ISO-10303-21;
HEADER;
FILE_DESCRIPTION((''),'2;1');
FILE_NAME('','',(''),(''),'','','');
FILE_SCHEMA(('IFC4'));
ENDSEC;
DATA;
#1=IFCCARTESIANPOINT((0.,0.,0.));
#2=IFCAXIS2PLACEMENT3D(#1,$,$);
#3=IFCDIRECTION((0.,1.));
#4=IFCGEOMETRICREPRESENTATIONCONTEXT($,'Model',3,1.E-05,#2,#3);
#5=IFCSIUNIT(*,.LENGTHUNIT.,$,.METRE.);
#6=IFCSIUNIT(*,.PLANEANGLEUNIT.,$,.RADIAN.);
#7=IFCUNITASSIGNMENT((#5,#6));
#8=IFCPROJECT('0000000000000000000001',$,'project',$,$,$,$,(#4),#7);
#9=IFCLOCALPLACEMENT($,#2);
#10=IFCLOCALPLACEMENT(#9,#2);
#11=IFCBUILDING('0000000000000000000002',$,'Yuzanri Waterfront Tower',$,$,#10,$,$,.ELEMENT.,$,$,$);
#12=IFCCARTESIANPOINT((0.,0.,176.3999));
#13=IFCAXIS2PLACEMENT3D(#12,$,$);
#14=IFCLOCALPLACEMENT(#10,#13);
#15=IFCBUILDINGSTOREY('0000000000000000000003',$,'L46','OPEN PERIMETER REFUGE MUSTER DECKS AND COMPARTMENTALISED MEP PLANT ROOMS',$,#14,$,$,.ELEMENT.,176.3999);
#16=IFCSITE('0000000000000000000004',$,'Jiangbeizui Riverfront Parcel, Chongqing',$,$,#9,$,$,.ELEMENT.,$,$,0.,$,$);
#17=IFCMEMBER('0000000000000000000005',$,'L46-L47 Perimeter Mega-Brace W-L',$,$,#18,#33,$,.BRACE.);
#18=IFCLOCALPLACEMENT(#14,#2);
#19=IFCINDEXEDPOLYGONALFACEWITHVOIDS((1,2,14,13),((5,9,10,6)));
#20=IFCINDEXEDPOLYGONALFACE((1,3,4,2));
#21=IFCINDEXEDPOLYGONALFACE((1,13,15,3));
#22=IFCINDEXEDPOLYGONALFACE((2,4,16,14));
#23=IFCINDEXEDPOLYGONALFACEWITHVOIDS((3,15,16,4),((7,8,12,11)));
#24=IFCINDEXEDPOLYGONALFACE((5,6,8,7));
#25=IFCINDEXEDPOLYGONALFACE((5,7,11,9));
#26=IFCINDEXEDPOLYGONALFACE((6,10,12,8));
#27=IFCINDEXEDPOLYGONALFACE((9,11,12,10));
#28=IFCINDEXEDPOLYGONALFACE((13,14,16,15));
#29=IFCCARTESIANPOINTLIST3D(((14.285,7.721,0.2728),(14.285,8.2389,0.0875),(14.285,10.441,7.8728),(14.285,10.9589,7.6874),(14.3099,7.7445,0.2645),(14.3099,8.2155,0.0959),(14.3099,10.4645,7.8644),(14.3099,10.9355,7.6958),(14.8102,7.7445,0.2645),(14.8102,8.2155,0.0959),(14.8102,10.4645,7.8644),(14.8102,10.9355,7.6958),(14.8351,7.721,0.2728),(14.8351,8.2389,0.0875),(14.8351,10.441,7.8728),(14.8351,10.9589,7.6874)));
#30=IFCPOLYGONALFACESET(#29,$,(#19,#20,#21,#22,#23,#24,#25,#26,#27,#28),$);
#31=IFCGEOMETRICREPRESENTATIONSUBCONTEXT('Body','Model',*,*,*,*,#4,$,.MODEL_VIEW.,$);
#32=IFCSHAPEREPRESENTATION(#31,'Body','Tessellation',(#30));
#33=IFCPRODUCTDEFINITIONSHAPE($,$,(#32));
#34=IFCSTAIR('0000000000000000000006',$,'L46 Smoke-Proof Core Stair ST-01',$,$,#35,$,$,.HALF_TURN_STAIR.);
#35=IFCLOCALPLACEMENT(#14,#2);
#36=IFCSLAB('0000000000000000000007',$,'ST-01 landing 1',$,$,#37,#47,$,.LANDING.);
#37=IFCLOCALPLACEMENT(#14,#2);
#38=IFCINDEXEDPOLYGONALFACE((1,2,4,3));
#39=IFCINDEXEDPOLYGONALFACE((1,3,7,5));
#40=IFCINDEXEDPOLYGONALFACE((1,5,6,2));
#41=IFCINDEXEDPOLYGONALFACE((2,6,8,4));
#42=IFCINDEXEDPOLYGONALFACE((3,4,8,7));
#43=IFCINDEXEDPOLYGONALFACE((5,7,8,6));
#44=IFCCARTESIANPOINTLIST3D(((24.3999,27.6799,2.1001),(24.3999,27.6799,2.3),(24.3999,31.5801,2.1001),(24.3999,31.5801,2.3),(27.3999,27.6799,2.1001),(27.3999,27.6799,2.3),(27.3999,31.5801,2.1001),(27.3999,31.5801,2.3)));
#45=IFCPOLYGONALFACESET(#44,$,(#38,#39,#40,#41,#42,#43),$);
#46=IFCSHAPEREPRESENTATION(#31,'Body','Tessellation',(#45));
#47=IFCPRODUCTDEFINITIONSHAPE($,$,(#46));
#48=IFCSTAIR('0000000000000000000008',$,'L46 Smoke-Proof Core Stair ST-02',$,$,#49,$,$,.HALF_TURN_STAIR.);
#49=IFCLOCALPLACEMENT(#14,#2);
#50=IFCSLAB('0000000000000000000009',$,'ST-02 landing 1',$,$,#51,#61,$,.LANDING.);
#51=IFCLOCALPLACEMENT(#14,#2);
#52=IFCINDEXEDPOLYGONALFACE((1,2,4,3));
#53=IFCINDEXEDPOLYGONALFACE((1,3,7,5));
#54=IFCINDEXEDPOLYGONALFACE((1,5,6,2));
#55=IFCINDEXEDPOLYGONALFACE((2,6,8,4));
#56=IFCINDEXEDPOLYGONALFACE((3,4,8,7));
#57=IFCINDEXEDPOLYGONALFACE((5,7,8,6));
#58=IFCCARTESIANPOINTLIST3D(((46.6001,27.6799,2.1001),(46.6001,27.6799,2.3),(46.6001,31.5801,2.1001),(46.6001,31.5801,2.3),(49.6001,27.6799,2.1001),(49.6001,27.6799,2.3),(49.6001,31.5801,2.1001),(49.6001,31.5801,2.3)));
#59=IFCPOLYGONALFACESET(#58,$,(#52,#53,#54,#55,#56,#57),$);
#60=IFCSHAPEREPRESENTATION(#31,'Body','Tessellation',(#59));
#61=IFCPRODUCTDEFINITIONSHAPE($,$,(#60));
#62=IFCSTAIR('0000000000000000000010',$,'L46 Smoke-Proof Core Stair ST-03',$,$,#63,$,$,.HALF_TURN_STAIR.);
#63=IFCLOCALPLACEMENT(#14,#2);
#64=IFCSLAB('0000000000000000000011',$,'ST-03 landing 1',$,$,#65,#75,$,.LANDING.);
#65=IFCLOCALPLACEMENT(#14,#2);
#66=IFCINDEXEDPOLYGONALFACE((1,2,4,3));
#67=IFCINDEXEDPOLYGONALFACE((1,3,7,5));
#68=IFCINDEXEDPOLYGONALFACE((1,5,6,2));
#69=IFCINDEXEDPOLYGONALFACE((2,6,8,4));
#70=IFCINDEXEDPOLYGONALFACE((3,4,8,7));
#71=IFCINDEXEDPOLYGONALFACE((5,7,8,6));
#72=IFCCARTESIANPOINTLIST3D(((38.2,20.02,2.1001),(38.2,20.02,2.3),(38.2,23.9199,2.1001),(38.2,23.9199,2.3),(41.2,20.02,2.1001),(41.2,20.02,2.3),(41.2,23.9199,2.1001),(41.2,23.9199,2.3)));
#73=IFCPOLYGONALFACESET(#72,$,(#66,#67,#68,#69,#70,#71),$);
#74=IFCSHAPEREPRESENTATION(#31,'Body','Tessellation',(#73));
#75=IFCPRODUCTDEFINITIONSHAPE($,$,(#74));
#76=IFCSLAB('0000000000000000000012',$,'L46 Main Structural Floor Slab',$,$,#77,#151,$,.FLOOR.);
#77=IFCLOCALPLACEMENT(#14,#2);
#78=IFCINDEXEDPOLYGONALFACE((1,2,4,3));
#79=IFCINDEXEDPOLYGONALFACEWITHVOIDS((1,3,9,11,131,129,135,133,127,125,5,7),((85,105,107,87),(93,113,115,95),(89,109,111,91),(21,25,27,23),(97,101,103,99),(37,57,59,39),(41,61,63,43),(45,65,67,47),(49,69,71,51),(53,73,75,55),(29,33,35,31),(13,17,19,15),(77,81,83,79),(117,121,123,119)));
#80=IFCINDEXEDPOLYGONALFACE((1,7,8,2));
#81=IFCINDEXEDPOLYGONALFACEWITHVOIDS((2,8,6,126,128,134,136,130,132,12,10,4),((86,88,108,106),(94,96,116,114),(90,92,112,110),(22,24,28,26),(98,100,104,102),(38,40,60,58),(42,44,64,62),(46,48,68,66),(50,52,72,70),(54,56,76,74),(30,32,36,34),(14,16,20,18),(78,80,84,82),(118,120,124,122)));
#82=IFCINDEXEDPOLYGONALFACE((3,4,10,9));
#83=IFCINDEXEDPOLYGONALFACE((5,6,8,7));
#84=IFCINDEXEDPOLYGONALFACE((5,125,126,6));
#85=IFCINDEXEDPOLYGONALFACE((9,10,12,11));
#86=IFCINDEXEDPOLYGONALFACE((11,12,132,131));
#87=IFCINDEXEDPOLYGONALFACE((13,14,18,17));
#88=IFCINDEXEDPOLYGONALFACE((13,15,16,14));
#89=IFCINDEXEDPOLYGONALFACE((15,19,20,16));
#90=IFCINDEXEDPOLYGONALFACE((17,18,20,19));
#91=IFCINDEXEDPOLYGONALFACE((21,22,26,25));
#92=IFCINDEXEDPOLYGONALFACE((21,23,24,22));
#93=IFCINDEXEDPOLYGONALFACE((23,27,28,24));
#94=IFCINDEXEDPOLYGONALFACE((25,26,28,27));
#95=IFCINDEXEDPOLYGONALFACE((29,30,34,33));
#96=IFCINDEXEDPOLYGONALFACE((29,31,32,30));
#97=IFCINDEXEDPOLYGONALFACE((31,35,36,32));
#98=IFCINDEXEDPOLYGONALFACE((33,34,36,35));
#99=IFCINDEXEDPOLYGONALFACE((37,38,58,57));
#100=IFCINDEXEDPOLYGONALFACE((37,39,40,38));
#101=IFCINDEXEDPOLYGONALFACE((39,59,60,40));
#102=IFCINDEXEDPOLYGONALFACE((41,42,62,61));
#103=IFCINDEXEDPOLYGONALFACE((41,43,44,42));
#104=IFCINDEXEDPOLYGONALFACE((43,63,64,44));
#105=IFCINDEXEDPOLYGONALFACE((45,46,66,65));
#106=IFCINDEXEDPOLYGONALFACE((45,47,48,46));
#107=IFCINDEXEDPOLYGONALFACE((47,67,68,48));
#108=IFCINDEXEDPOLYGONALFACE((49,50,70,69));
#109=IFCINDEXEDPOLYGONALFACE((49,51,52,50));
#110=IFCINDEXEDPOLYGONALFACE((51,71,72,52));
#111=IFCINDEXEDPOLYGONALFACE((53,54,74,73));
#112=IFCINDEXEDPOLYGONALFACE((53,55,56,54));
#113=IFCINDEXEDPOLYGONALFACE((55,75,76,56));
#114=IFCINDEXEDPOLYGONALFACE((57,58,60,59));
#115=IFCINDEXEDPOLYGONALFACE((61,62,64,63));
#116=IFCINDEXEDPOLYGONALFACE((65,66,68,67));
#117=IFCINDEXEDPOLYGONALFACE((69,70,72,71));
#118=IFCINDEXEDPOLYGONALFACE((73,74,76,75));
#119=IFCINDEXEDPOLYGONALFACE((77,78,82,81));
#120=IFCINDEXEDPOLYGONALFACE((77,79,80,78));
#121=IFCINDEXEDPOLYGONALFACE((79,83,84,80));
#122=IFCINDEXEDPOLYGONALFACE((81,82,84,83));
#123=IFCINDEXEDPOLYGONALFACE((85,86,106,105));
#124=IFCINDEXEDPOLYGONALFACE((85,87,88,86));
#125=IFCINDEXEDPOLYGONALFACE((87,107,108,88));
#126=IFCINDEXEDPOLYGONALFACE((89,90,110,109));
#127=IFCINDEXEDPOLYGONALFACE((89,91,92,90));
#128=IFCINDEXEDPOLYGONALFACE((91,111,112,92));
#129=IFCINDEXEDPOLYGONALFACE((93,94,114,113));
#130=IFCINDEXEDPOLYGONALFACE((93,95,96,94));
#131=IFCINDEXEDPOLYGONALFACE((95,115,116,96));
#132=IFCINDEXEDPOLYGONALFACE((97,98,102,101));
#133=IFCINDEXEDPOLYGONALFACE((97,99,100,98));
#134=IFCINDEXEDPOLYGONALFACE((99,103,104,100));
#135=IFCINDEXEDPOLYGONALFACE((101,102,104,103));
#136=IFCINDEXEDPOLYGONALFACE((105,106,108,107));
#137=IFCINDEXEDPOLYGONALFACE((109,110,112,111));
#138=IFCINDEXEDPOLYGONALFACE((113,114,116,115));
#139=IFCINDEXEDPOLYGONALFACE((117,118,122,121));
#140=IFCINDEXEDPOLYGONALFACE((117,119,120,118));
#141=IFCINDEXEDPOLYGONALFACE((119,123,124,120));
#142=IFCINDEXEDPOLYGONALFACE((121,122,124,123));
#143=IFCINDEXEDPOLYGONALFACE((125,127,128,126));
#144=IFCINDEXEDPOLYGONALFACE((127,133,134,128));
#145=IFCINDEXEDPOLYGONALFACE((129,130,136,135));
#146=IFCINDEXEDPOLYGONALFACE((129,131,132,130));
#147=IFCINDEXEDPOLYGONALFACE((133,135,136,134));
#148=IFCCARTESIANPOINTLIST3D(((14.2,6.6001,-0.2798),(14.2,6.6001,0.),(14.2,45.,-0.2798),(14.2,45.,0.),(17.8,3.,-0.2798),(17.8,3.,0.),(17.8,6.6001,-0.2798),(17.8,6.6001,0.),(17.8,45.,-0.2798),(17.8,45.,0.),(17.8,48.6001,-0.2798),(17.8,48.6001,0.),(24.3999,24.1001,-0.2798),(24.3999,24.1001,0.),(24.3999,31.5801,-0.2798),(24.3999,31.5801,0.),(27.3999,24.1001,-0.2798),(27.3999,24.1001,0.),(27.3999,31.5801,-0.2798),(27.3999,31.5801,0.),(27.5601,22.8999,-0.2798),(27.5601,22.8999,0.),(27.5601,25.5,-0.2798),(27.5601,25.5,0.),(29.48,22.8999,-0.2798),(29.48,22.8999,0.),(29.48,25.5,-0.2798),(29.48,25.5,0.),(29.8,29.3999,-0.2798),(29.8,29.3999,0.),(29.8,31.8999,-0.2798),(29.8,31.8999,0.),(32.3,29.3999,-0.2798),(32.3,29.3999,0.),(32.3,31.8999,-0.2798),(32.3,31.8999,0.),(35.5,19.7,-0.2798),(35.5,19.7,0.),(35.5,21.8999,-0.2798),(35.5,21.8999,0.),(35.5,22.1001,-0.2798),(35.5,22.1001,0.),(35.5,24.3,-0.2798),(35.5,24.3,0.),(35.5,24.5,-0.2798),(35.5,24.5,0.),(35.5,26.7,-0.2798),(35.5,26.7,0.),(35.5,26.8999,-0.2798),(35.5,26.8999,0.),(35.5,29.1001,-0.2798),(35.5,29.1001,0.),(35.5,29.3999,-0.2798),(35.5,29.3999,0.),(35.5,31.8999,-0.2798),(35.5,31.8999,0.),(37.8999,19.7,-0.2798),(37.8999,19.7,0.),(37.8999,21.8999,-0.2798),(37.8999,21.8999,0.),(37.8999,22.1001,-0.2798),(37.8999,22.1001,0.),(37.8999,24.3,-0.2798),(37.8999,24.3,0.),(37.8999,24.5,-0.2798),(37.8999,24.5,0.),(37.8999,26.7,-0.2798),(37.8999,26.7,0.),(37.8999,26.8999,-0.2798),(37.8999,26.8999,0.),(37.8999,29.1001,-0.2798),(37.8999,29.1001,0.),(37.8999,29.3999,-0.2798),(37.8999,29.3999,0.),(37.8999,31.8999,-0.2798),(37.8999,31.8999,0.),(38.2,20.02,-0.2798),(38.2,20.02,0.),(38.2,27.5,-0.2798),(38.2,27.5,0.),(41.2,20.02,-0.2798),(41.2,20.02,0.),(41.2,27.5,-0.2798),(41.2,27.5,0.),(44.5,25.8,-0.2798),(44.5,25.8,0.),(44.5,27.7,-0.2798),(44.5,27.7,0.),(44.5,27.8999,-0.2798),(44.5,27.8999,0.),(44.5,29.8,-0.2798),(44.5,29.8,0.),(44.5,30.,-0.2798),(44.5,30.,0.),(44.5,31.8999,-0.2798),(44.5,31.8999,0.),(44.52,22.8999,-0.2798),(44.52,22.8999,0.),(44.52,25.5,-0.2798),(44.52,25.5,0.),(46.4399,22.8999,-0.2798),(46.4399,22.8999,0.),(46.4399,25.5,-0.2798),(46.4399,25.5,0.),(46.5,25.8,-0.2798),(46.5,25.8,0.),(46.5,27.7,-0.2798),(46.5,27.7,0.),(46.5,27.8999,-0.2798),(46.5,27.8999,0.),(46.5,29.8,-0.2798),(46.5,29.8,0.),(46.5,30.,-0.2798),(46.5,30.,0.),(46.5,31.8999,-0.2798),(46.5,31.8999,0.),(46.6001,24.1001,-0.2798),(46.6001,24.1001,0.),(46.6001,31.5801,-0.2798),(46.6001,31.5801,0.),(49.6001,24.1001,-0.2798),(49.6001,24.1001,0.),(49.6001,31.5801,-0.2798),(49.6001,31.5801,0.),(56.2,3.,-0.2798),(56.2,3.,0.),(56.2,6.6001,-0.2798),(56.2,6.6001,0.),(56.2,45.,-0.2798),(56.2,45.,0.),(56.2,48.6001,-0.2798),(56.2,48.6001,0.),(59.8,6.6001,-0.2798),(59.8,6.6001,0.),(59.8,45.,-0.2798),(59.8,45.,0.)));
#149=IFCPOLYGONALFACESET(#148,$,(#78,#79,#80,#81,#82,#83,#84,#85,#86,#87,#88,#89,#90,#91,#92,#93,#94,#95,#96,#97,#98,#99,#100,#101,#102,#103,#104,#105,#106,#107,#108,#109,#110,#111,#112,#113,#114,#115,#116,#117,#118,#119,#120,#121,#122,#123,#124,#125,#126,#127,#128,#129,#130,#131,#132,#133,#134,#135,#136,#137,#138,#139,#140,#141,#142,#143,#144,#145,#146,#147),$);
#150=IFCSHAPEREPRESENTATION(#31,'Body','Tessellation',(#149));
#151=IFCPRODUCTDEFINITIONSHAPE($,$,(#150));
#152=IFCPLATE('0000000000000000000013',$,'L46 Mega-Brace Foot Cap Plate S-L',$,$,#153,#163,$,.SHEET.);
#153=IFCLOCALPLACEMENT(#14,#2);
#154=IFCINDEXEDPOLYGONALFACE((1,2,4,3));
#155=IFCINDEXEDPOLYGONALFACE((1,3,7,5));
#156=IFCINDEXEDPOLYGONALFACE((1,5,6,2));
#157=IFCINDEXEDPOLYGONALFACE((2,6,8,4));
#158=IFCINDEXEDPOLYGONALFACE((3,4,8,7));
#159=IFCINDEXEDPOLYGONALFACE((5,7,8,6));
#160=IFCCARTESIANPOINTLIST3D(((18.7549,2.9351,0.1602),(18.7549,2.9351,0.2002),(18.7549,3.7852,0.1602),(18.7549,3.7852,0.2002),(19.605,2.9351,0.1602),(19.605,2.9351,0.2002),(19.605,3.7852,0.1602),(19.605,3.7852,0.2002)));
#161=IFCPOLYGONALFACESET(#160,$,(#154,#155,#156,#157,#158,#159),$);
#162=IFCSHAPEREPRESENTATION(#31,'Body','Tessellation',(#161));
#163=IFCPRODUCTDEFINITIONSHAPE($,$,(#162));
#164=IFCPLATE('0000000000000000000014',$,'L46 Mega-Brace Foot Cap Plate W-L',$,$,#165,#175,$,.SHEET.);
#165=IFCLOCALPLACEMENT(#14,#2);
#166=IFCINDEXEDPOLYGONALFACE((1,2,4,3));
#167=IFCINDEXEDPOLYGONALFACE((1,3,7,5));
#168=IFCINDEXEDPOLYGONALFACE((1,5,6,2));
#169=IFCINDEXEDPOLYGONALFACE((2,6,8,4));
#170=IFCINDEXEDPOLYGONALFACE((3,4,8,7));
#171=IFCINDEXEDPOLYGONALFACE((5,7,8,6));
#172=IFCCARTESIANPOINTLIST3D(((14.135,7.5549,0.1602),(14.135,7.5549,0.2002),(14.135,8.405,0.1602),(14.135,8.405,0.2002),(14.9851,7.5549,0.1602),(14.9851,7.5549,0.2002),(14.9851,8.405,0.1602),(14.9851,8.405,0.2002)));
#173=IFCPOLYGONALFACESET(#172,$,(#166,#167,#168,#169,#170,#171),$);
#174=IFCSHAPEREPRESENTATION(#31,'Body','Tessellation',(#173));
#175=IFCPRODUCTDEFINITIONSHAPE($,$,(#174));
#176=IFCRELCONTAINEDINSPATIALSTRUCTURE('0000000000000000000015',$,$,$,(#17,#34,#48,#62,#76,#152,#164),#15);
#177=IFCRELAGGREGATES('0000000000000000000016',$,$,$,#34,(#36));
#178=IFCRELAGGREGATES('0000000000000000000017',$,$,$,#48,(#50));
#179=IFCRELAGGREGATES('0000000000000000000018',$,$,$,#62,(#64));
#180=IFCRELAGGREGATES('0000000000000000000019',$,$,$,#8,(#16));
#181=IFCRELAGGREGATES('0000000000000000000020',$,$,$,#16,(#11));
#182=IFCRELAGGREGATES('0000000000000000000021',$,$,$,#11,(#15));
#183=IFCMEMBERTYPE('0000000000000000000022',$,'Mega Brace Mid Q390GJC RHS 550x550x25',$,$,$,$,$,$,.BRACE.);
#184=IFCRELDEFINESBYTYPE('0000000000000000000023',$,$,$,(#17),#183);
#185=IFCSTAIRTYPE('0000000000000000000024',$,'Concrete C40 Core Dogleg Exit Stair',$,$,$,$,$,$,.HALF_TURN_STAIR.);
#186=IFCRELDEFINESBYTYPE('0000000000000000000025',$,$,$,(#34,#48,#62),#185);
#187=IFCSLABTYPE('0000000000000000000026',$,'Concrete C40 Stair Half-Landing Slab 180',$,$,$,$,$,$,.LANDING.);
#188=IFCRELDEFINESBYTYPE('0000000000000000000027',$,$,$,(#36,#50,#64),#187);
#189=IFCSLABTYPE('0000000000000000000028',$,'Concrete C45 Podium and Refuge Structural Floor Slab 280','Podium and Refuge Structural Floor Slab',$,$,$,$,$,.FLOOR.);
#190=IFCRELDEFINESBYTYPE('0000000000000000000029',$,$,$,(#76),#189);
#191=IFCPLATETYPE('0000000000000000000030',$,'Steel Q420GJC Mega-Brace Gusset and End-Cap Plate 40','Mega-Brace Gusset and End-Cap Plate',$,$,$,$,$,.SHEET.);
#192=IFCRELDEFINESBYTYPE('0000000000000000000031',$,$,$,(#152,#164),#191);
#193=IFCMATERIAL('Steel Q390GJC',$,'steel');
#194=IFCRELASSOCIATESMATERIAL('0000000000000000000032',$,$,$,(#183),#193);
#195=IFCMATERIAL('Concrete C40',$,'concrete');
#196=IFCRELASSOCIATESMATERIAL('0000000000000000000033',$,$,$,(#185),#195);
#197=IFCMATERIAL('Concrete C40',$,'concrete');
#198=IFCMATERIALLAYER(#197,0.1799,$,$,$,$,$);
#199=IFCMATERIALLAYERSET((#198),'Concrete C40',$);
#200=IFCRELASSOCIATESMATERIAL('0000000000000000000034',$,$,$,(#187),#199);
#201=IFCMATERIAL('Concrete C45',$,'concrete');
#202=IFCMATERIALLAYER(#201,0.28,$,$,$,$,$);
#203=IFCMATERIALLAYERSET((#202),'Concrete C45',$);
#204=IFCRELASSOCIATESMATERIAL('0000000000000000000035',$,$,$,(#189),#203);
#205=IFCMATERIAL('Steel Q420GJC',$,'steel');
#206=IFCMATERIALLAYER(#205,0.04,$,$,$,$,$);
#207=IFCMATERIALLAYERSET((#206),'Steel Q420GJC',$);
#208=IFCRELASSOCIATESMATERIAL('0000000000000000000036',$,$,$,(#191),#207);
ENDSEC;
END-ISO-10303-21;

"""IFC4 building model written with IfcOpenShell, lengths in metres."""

from ifc_helpers import new_model, si_unit, direction, frame, origin, origin_2d, place, context, subcontext, project, spatial, polyline, rectangle, hollow_rectangle, outline, extrude, source, transform, mapped, material, layer, layer_set, material_profile, profile_set, type_object, element, aggregate, save


model = new_model("IFC4")

# Units and contexts
model_context = context("Model", 3, precision=1e-05, world=origin(), true_north=direction((0.0, 1.0)))
body_context = subcontext(model_context, "Body", "Model", "MODEL_VIEW")
ifc_project = project(units=[si_unit("LENGTHUNIT", "METRE"), si_unit("PLANEANGLEUNIT", "RADIAN")], contexts=[model_context])

# Site, building, storey
site_placement = place(None, origin())
site = spatial("IfcSite", under=ifc_project, at=site_placement, Name="Jiangbeizui Riverfront Parcel, Chongqing", CompositionType="ELEMENT", RefElevation=0.0)
building_placement = place(site_placement, origin())
building = spatial("IfcBuilding", under=site, at=building_placement, Name="Yuzanri Waterfront Tower", CompositionType="ELEMENT")
storey_placement = place(building_placement, frame((0.0, 0.0, 176.3999)))
storey = spatial("IfcBuildingStorey", under=building, at=storey_placement, Name="L46", Description="OPEN PERIMETER REFUGE MUSTER DECKS AND COMPARTMENTALISED MEP PLANT ROOMS", CompositionType="ELEMENT", Elevation=176.3999)

# Member
ifc_material_1 = material(Name="Steel Q390GJC", Category="steel")
ifc_material_profile_1 = material_profile(ifc_material_1, hollow_rectangle(XDim=0.55, YDim=0.55, WallThickness=0.0249, at=origin_2d()), Name="RHS 550x550x25")
ifc_profile_set_1 = profile_set([ifc_material_profile_1], Name="Steel Q390GJC")
member_type = type_object("IfcMemberType", Name="Mega Brace Mid Q390GJC RHS 550x550x25", PredefinedType="BRACE", material=ifc_profile_set_1)
shared_shape_1 = source(origin(), body_context, "Body", "SweptSolid", [
    extrude(hollow_rectangle(XDim=0.55, YDim=0.55, WallThickness=0.0249, at=origin_2d()), origin(), (0.0, 0.0, 1.0), 8.072),
])
for number, where, z_axis, x_axis, name in (
    (1, (14.5601, 7.98, 0.1802), (0.0, 0.336967, 0.941517), (-1.0, 0.0, 0.0), "L46-L47 Perimeter Mega-Brace W-L"),
):
    element("IfcMember", number, at=place(storey_placement, frame(where, z_axis=z_axis, x_axis=x_axis)), inside=storey, type_object=member_type, Name=name, PredefinedType="BRACE", context=body_context, shape_type="MappedRepresentation", body=[
        mapped(shared_shape_1, transform((0.0, 0.0, 0.0), scale=1.0)),
    ])

# Stairs, slabs
ifc_material_2 = material(Name="Concrete C40", Category="concrete")
stair_type = type_object("IfcStairType", Name="Concrete C40 Core Dogleg Exit Stair", PredefinedType="HALF_TURN_STAIR", material=ifc_material_2)
stair_1_placement = place(storey_placement, origin())
stair_1 = element("IfcStair", 2, at=stair_1_placement, inside=storey, type_object=stair_type, Name="L46 Smoke-Proof Core Stair ST-01", PredefinedType="HALF_TURN_STAIR")
ifc_material_3 = material(Name="Concrete C40", Category="concrete")
ifc_layer_1 = layer(ifc_material_3, 0.1799)
ifc_layer_set_1 = layer_set([ifc_layer_1], Name="Concrete C40")
slab_type_1 = type_object("IfcSlabType", Name="Concrete C40 Stair Half-Landing Slab 180", PredefinedType="LANDING", material=ifc_layer_set_1)
slab_1_placement = place(storey_placement, frame((0.0, 0.0, 2.1001)))
slab_1 = element("IfcSlab", 3, at=slab_1_placement, type_object=slab_type_1, Name="ST-01 landing 1", PredefinedType="LANDING", context=body_context, shape_type="SweptSolid", body=[
    extrude(outline(polyline([(27.3999, 27.6799), (27.3999, 31.5801), (24.3999, 31.5801), (24.3999, 27.6799), (27.3999, 27.6799)])), origin(), (0.0, 0.0, 1.0), 0.2),
])
aggregate(stair_1, [slab_1])
stair_2_placement = place(storey_placement, origin())
stair_2 = element("IfcStair", 4, at=stair_2_placement, inside=storey, type_object=stair_type, Name="L46 Smoke-Proof Core Stair ST-02", PredefinedType="HALF_TURN_STAIR")
slab_2_placement = place(storey_placement, frame((0.0, 0.0, 2.1001)))
slab_2 = element("IfcSlab", 5, at=slab_2_placement, type_object=slab_type_1, Name="ST-02 landing 1", PredefinedType="LANDING", context=body_context, shape_type="SweptSolid", body=[
    extrude(outline(polyline([(49.6001, 27.6799), (49.6001, 31.5801), (46.6001, 31.5801), (46.6001, 27.6799), (49.6001, 27.6799)])), origin(), (0.0, 0.0, 1.0), 0.2),
])
aggregate(stair_2, [slab_2])
stair_3_placement = place(storey_placement, origin())
stair_3 = element("IfcStair", 6, at=stair_3_placement, inside=storey, type_object=stair_type, Name="L46 Smoke-Proof Core Stair ST-03", PredefinedType="HALF_TURN_STAIR")
slab_3_placement = place(storey_placement, frame((0.0, 0.0, 2.1001)))
slab_3 = element("IfcSlab", 7, at=slab_3_placement, type_object=slab_type_1, Name="ST-03 landing 1", PredefinedType="LANDING", context=body_context, shape_type="SweptSolid", body=[
    extrude(outline(polyline([(38.2, 23.9199), (38.2, 20.02), (41.2, 20.02), (41.2, 23.9199), (38.2, 23.9199)])), origin(), (0.0, 0.0, 1.0), 0.2),
])
aggregate(stair_3, [slab_3])

# Slab
ifc_material_4 = material(Name="Concrete C45", Category="concrete")
ifc_layer_2 = layer(ifc_material_4, 0.28)
ifc_layer_set_2 = layer_set([ifc_layer_2], Name="Concrete C45")
slab_type_2 = type_object("IfcSlabType", Name="Concrete C45 Podium and Refuge Structural Floor Slab 280", Description="Podium and Refuge Structural Floor Slab", PredefinedType="FLOOR", material=ifc_layer_set_2)
slab_4_placement = place(storey_placement, frame((0.0, 0.0, -0.2798)))
element("IfcSlab", 8, at=slab_4_placement, inside=storey, type_object=slab_type_2, Name="L46 Main Structural Floor Slab", PredefinedType="FLOOR", context=body_context, shape_type="SweptSolid", body=[
    extrude(outline(polyline([(17.8, 3.0), (56.2, 3.0), (56.2, 6.6001), (59.8, 6.6001), (59.8, 45.0), (56.2, 45.0), (56.2, 48.6001), (17.8, 48.6001), (17.8, 45.0), (14.2, 45.0), (14.2, 6.6001), (17.8, 6.6001), (17.8, 3.0)]), holes=[polyline([(27.3999, 24.1001), (27.3999, 31.5801), (24.3999, 31.5801), (24.3999, 24.1001), (27.3999, 24.1001)]), polyline([(49.6001, 24.1001), (49.6001, 31.5801), (46.6001, 31.5801), (46.6001, 24.1001), (49.6001, 24.1001)]), polyline([(38.2, 27.5), (38.2, 20.02), (41.2, 20.02), (41.2, 27.5), (38.2, 27.5)]), polyline([(27.5601, 22.8999), (29.48, 22.8999), (29.48, 25.5), (27.5601, 25.5), (27.5601, 22.8999)]), polyline([(44.52, 22.8999), (46.4399, 22.8999), (46.4399, 25.5), (44.52, 25.5), (44.52, 22.8999)]), polyline([(29.8, 29.3999), (32.3, 29.3999), (32.3, 31.8999), (29.8, 31.8999), (29.8, 29.3999)]), polyline([(35.5, 19.7), (37.8999, 19.7), (37.8999, 21.8999), (35.5, 21.8999), (35.5, 19.7)]), polyline([(35.5, 22.1001), (37.8999, 22.1001), (37.8999, 24.3), (35.5, 24.3), (35.5, 22.1001)]), polyline([(35.5, 24.5), (37.8999, 24.5), (37.8999, 26.7), (35.5, 26.7), (35.5, 24.5)]), polyline([(35.5, 26.8999), (37.8999, 26.8999), (37.8999, 29.1001), (35.5, 29.1001), (35.5, 26.8999)]), polyline([(35.5, 29.3999), (37.8999, 29.3999), (37.8999, 31.8999), (35.5, 31.8999), (35.5, 29.3999)]), polyline([(44.5, 25.8), (46.5, 25.8), (46.5, 27.7), (44.5, 27.7), (44.5, 25.8)]), polyline([(44.5, 27.8999), (46.5, 27.8999), (46.5, 29.8), (44.5, 29.8), (44.5, 27.8999)]), polyline([(44.5, 30.0), (46.5, 30.0), (46.5, 31.8999), (44.5, 31.8999), (44.5, 30.0)])]), origin(), (0.0, 0.0, 1.0), 0.2798),
])

# Plates
ifc_material_5 = material(Name="Steel Q420GJC", Category="steel")
ifc_layer_3 = layer(ifc_material_5, 0.04)
ifc_layer_set_3 = layer_set([ifc_layer_3], Name="Steel Q420GJC")
plate_type = type_object("IfcPlateType", Name="Steel Q420GJC Mega-Brace Gusset and End-Cap Plate 40", Description="Mega-Brace Gusset and End-Cap Plate", PredefinedType="SHEET", material=ifc_layer_set_3)
shared_shape_2 = source(origin(), body_context, "Body", "SweptSolid", [
    extrude(rectangle(XDim=0.8501, YDim=0.8501, at=origin_2d()), origin(), (0.0, 0.0, 1.0), 0.04),
])
for number, where, z_axis, x_axis, name in (
    (9, (19.1799, 3.3601, 0.1602), (0.0, 0.0, 1.0), (1.0, 0.0, 0.0), "L46 Mega-Brace Foot Cap Plate S-L"),
    (10, (14.5601, 7.98, 0.1602), (0.0, 0.0, 1.0), (1.0, 0.0, 0.0), "L46 Mega-Brace Foot Cap Plate W-L"),
):
    element("IfcPlate", number, at=place(storey_placement, frame(where, z_axis=z_axis, x_axis=x_axis)), inside=storey, type_object=plate_type, Name=name, PredefinedType="SHEET", context=body_context, shape_type="MappedRepresentation", body=[
        mapped(shared_shape_2, transform((0.0, 0.0, 0.0), scale=1.0)),
    ])

save(model, "model.ifc")
